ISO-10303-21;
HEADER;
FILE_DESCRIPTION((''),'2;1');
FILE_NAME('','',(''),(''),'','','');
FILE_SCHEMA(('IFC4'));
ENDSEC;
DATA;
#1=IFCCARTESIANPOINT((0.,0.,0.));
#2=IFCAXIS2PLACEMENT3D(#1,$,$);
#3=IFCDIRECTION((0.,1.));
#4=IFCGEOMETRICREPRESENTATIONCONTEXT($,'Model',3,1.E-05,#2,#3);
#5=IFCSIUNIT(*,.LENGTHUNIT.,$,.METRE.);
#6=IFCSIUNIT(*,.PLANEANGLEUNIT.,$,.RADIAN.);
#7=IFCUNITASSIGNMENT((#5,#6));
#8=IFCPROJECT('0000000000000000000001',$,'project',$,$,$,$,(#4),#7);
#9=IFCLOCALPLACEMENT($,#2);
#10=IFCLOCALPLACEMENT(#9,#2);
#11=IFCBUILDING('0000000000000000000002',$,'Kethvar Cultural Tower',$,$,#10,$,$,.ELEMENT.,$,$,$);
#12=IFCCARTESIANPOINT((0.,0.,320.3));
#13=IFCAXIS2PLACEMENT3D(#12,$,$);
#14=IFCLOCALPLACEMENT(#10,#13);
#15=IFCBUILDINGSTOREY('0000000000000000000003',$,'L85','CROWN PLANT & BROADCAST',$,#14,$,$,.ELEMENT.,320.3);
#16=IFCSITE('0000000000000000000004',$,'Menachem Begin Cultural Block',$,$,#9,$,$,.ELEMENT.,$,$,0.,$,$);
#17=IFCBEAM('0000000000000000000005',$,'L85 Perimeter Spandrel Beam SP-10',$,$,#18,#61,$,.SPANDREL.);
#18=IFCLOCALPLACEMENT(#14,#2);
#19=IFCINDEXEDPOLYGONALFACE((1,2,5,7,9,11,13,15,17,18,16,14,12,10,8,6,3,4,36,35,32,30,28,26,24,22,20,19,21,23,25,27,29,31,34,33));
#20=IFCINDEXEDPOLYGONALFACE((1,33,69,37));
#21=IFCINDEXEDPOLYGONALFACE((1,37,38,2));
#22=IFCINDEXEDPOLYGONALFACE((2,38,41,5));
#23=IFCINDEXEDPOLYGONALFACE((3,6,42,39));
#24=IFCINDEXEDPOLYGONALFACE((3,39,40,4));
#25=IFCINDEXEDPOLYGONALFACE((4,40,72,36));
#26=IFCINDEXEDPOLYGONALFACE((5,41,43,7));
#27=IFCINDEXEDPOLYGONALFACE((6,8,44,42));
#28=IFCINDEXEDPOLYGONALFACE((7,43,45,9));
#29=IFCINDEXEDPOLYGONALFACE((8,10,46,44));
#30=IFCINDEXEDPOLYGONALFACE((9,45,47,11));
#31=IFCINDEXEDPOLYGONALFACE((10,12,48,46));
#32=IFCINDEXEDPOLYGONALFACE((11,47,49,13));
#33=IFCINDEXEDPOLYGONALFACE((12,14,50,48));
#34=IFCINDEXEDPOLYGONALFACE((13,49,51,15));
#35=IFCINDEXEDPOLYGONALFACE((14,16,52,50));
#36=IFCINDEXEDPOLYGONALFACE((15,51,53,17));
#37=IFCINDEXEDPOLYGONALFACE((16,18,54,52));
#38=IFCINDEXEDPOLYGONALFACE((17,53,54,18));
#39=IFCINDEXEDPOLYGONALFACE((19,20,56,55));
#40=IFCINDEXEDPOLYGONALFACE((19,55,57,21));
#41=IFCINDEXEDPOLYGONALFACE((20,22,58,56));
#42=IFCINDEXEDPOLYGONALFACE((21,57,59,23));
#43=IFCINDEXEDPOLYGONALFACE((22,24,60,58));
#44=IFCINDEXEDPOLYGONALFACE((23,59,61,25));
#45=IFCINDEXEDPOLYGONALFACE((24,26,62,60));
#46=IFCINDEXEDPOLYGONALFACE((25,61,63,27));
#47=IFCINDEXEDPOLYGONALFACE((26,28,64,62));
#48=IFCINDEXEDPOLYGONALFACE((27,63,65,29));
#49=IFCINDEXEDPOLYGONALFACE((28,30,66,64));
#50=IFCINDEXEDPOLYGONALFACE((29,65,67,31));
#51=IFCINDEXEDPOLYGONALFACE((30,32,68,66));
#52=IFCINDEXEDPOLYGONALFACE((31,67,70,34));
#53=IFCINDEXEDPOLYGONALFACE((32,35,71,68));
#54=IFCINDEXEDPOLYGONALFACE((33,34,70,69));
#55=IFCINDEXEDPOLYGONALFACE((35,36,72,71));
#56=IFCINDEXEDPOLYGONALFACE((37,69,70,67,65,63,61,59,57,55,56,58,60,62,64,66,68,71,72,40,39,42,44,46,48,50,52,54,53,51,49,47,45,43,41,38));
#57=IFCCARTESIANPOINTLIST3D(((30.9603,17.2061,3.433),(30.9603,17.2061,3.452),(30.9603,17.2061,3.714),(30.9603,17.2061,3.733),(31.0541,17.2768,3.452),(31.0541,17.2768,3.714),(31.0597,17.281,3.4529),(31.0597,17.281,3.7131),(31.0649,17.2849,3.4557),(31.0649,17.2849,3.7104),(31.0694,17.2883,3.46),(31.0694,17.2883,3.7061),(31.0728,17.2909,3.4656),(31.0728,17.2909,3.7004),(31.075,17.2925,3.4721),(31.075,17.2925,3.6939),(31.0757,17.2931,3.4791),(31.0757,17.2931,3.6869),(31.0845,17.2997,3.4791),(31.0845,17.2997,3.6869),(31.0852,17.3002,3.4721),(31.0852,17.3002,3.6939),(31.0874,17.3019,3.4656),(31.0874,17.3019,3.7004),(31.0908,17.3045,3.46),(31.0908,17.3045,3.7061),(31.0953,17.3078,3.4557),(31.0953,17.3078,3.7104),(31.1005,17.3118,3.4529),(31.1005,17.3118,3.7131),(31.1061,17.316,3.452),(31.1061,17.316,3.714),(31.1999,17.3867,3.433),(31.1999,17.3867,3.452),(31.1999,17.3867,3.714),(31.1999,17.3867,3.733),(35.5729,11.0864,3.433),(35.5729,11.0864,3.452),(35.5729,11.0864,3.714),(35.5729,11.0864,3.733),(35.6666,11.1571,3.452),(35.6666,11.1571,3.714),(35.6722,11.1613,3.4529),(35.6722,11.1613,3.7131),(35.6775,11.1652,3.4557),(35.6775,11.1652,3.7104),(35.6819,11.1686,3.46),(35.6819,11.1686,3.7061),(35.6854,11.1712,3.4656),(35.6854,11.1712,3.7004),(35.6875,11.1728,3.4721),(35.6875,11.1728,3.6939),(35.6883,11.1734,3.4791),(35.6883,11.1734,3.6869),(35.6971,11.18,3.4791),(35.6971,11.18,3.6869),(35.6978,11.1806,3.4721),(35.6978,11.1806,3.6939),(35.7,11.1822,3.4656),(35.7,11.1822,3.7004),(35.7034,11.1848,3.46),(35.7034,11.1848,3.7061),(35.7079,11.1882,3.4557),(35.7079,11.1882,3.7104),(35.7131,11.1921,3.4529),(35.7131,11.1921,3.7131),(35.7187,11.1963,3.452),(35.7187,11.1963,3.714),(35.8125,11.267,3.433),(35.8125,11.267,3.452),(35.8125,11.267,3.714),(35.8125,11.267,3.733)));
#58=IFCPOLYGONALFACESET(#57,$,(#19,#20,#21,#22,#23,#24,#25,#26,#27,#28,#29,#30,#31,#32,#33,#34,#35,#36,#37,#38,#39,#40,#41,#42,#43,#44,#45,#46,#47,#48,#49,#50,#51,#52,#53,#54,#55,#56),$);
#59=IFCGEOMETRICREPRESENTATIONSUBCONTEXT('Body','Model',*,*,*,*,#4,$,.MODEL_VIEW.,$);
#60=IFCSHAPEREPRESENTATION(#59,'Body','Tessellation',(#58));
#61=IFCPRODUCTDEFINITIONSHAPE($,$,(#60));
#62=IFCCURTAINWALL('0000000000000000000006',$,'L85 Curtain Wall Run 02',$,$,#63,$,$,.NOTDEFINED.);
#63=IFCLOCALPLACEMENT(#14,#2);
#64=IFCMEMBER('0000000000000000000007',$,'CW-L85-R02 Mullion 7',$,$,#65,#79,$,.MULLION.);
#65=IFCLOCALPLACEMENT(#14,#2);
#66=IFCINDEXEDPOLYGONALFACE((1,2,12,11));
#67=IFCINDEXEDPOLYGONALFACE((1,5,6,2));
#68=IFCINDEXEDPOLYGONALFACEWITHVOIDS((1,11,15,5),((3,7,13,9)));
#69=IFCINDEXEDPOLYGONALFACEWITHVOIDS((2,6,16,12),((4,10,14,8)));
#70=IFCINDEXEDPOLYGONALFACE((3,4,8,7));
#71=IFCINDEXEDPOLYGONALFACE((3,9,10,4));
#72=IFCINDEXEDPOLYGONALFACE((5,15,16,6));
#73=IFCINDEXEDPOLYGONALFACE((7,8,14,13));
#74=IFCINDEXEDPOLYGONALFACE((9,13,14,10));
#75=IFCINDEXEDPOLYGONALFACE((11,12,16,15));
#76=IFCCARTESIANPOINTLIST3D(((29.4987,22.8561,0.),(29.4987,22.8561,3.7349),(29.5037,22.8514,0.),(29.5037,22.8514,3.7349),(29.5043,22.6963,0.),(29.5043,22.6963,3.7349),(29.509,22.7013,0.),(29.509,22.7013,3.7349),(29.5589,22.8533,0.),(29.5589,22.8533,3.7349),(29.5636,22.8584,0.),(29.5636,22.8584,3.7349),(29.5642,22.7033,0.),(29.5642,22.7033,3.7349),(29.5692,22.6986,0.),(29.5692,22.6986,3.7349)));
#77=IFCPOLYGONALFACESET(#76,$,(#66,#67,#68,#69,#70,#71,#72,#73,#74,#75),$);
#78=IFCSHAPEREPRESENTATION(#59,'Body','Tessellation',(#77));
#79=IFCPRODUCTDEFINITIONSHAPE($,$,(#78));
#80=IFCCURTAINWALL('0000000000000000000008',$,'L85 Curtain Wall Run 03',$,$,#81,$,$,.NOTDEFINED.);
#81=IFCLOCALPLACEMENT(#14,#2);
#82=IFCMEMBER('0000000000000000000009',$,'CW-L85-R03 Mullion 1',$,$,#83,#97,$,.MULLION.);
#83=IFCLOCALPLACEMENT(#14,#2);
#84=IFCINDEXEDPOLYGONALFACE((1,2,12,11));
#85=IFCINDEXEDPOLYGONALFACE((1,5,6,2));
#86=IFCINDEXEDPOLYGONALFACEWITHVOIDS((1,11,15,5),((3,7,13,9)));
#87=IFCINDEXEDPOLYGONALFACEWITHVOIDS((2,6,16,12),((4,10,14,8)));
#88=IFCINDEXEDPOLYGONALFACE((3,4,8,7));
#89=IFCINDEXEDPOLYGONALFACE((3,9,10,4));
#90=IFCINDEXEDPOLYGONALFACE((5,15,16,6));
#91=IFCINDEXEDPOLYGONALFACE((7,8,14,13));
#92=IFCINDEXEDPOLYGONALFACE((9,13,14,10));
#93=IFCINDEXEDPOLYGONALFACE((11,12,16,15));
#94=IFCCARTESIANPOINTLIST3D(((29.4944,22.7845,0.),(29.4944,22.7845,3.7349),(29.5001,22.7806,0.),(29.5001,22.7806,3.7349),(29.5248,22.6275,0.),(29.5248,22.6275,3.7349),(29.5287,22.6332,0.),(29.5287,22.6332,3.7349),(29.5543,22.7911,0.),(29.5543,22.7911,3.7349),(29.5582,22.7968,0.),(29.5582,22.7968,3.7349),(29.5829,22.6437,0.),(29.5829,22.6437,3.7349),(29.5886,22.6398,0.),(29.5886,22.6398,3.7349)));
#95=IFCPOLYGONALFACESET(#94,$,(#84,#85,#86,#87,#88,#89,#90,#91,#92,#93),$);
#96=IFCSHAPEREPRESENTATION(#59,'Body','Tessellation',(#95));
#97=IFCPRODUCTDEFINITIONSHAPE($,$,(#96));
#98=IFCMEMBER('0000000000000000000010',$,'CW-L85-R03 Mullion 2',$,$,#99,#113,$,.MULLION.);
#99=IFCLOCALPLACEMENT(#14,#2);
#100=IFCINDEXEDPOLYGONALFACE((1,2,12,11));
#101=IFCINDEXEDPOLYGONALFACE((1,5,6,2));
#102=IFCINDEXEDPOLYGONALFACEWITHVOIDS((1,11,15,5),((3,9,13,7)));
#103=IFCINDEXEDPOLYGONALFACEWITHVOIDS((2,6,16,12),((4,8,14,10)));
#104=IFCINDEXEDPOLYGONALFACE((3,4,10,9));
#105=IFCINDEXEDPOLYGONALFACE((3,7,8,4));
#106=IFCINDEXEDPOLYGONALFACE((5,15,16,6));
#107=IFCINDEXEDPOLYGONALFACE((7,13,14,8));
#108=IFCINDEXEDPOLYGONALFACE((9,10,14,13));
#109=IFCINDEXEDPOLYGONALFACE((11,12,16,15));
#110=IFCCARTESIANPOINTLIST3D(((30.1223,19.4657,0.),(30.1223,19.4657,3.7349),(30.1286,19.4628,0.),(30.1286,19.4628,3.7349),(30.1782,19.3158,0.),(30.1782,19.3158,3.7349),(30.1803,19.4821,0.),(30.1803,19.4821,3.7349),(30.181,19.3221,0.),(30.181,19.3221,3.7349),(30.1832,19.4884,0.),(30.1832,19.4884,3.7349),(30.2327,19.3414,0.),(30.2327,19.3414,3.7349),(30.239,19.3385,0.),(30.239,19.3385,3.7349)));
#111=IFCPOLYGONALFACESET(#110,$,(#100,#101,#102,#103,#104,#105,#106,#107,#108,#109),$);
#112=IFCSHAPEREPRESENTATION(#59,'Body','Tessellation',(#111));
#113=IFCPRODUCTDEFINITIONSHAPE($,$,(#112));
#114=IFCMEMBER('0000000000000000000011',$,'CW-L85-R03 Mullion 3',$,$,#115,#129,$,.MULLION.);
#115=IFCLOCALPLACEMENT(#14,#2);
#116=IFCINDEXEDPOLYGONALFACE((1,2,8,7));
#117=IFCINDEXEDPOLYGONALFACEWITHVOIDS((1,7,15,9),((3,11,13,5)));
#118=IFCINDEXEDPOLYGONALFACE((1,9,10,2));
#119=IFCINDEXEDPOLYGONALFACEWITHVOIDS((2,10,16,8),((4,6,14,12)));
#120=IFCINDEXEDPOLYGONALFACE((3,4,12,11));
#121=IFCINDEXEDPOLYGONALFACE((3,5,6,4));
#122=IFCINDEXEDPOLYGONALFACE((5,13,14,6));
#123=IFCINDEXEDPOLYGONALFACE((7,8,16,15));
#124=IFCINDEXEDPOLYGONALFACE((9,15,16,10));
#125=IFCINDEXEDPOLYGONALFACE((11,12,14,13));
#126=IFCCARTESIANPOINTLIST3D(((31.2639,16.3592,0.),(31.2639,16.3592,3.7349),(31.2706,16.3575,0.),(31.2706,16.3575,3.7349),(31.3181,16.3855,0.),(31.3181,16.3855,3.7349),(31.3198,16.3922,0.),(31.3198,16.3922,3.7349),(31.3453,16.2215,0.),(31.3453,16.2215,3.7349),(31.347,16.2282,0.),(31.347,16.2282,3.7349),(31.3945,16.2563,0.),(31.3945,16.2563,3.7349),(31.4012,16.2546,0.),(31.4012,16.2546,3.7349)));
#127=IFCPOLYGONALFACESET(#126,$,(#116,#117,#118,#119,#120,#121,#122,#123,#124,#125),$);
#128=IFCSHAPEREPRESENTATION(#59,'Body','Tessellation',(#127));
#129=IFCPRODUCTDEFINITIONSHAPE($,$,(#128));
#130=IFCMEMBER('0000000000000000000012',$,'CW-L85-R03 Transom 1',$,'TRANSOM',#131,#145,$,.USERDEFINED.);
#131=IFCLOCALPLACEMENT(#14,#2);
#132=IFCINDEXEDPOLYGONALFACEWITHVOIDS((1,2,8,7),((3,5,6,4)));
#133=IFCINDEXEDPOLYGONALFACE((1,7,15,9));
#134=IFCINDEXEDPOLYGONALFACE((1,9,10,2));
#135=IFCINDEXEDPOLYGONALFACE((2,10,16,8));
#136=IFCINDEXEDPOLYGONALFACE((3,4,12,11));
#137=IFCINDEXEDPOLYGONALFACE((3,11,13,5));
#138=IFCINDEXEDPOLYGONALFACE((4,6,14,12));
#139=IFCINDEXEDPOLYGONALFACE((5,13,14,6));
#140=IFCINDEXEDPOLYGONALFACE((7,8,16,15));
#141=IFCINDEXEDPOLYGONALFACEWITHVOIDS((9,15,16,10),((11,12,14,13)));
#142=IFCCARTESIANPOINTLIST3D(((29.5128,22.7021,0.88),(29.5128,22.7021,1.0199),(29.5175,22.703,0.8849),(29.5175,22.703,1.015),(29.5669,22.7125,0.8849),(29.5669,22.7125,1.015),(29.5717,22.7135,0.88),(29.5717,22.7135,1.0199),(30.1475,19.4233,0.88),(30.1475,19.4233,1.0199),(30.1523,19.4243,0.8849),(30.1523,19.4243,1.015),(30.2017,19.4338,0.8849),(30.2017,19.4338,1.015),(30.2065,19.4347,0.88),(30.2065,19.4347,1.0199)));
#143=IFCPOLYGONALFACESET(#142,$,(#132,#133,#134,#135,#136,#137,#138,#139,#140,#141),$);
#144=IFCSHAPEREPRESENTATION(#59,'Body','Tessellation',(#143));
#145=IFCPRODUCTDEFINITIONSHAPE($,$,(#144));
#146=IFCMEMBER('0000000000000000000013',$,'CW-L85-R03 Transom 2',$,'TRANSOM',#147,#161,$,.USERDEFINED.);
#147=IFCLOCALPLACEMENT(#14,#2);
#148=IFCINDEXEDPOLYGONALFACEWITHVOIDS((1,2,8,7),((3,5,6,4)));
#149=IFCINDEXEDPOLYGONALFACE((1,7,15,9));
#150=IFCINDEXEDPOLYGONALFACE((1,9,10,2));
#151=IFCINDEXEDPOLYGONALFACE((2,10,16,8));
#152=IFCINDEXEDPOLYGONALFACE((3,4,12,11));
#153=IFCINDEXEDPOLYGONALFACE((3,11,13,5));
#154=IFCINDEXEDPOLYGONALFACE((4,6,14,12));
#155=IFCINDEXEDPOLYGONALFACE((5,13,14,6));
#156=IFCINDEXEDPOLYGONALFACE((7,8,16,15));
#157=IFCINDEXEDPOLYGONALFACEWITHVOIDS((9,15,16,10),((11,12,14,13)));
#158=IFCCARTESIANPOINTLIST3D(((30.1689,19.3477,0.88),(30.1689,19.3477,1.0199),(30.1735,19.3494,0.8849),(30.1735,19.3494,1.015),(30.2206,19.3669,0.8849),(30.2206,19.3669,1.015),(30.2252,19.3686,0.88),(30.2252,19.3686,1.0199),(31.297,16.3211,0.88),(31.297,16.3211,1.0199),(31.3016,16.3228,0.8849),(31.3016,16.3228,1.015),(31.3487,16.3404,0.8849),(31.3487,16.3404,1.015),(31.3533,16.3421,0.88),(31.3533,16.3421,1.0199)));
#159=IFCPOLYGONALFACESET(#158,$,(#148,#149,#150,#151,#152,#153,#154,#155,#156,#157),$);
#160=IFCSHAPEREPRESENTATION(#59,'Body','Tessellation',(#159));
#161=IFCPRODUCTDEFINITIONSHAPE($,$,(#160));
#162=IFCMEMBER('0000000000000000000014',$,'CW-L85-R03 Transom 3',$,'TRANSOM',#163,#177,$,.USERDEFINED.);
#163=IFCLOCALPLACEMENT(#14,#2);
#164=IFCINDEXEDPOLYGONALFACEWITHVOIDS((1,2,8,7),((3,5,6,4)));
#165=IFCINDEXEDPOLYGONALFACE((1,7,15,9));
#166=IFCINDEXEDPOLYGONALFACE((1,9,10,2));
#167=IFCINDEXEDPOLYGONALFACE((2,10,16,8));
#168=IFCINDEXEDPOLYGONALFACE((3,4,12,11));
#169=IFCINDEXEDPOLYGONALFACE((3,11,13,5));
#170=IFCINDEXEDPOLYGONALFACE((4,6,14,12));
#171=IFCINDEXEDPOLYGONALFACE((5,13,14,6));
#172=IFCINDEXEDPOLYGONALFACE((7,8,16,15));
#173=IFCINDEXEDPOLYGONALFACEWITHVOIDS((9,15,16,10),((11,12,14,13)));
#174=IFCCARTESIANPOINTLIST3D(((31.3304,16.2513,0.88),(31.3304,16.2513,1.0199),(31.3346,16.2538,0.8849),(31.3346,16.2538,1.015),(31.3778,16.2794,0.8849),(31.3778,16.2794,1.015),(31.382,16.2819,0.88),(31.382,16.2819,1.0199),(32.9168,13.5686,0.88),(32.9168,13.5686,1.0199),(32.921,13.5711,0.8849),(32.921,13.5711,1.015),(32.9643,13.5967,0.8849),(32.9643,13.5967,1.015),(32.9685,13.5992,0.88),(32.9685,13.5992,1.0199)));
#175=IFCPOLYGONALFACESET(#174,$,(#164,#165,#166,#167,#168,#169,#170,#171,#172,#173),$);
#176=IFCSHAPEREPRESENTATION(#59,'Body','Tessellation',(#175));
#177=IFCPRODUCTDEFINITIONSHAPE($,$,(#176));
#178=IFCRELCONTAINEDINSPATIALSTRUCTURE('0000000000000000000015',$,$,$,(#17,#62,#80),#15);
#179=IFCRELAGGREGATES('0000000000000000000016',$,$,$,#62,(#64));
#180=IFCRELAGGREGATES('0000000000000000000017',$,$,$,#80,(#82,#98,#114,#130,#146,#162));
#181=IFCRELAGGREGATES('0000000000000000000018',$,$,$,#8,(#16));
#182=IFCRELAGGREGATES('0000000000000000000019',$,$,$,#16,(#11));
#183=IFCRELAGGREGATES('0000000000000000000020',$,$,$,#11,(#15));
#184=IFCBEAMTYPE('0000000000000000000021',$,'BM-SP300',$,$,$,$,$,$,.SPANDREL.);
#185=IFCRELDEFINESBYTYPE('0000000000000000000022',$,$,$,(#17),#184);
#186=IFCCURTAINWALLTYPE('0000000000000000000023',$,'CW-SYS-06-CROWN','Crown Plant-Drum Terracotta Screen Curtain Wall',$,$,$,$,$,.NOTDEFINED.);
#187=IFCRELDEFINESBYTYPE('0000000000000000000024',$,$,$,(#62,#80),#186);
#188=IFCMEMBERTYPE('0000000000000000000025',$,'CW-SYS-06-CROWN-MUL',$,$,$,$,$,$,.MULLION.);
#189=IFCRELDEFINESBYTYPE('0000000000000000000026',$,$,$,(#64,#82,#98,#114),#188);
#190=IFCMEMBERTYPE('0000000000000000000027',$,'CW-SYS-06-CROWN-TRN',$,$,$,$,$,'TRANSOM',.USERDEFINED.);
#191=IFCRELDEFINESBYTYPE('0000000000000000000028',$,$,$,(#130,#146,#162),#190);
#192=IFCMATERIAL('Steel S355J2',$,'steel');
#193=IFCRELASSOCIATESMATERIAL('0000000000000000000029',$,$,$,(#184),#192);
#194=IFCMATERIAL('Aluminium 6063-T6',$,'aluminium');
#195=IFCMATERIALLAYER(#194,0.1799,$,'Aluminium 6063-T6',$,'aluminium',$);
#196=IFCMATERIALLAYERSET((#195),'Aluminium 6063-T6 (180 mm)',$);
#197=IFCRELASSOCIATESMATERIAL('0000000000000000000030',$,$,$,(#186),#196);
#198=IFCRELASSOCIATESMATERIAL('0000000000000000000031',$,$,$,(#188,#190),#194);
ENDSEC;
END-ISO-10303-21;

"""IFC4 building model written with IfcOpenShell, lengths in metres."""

from ifc_helpers import new_model, si_unit, direction, frame, origin, origin_2d, place, context, subcontext, project, spatial, hollow_rectangle, i_section, extrude, source, transform, mapped, material, layer, layer_set, material_profile, profile_set, type_object, element, aggregate, save


model = new_model("IFC4")

# Units and contexts
model_context = context("Model", 3, precision=1e-05, world=origin(), true_north=direction((0.0, 1.0)))
body_context = subcontext(model_context, "Body", "Model", "MODEL_VIEW")
ifc_project = project(units=[si_unit("LENGTHUNIT", "METRE"), si_unit("PLANEANGLEUNIT", "RADIAN")], contexts=[model_context])

# Site, building, storey
site_placement = place(None, origin())
site = spatial("IfcSite", under=ifc_project, at=site_placement, Name="Menachem Begin Cultural Block", CompositionType="ELEMENT", RefElevation=0.0)
building_placement = place(site_placement, origin())
building = spatial("IfcBuilding", under=site, at=building_placement, Name="Kethvar Cultural Tower", CompositionType="ELEMENT")
storey_placement = place(building_placement, frame((0.0, 0.0, 320.3)))
storey = spatial("IfcBuildingStorey", under=building, at=storey_placement, Name="L85", Description="CROWN PLANT & BROADCAST", CompositionType="ELEMENT", Elevation=320.3)

# Shared definitions
ifc_material_1 = material(Name="Steel S355J2", Category="steel")

# Beam
ifc_material_profile_1 = material_profile(ifc_material_1, i_section(OverallWidth=0.3, OverallDepth=0.3, WebThickness=0.011, FlangeThickness=0.019, FilletRadius=0.0271, at=origin_2d()), Name="Steel S355J2 — HEB300")
ifc_profile_set_1 = profile_set([ifc_material_profile_1], Name="Steel S355J2 — HEB300")
beam_type_1 = type_object("IfcBeamType", Name="BM-SP300", PredefinedType="SPANDREL", material=ifc_profile_set_1)
shared_shape_1 = source(origin(), body_context, "Body", "SweptSolid", [
    extrude(i_section(OverallWidth=0.3, OverallDepth=0.3, WebThickness=0.011, FlangeThickness=0.019, FilletRadius=0.0271, at=origin_2d()), origin(), (0.0, 0.0, 1.0), 7.6633),
])
beam_1_placement = place(storey_placement, frame((31.0801, 17.2964, 3.583), z_axis=(0.601905, -0.798568, 0.0), x_axis=(0.798568, 0.601905, 0.0)))
element("IfcBeam", 1, at=beam_1_placement, inside=storey, type_object=beam_type_1, Name="L85 Perimeter Spandrel Beam SP-10", PredefinedType="SPANDREL", context=body_context, shape_type="MappedRepresentation", body=[
    mapped(shared_shape_1, transform((0.0, 0.0, 0.0), scale=1.0)),
])

# Curtain wall, member
ifc_material_2 = material(Name="Aluminium 6063-T6", Category="aluminium")
ifc_layer_1 = layer(ifc_material_2, 0.1799, Name="Aluminium 6063-T6", Category="aluminium")
ifc_layer_set_1 = layer_set([ifc_layer_1], Name="Aluminium 6063-T6 (180 mm)")
curtain_wall_type = type_object("IfcCurtainWallType", Name="CW-SYS-06-CROWN", Description="Crown Plant-Drum Terracotta Screen Curtain Wall", PredefinedType="NOTDEFINED", material=ifc_layer_set_1)
curtain_wall_1_placement = place(storey_placement, origin())
curtain_wall_1 = element("IfcCurtainWall", 2, at=curtain_wall_1_placement, inside=storey, type_object=curtain_wall_type, Name="L85 Curtain Wall Run 02", PredefinedType="NOTDEFINED")
ifc_material_profile_2 = material_profile(ifc_material_2, hollow_rectangle(XDim=0.0649, YDim=0.1599, WallThickness=0.0049, at=origin_2d()), Name="Aluminium 6063-T6 — RHS160x65x5")
ifc_profile_set_2 = profile_set([ifc_material_profile_2], Name="Aluminium 6063-T6 — RHS160x65x5")
member_type_1 = type_object("IfcMemberType", Name="CW-SYS-06-CROWN-MUL", PredefinedType="MULLION", material=ifc_profile_set_2)
shared_shape_2 = source(origin(), body_context, "Body", "SweptSolid", [
    extrude(hollow_rectangle(XDim=0.0649, YDim=0.1599, WallThickness=0.0049, at=origin_2d()), origin(), (0.0, 0.0, 1.0), 3.7349),
])
member_1_placement = place(storey_placement, frame((29.5339, 22.7773, 0.0), z_axis=(0.0, 0.0, 1.0), x_axis=(0.999379, 0.035248, 0.0)))
member_1 = element("IfcMember", 3, at=member_1_placement, type_object=member_type_1, Name="CW-L85-R02 Mullion 7", PredefinedType="MULLION", context=body_context, shape_type="MappedRepresentation", body=[
    mapped(shared_shape_2, transform((0.0, 0.0, 0.0), scale=1.0)),
])

# Curtain wall, members
curtain_wall_2_placement = place(storey_placement, origin())
curtain_wall_2 = element("IfcCurtainWall", 4, at=curtain_wall_2_placement, inside=storey, type_object=curtain_wall_type, Name="L85 Curtain Wall Run 03", PredefinedType="NOTDEFINED")
member_2_placement = place(storey_placement, frame((29.5415, 22.7122, 0.0), z_axis=(0.0, 0.0, 1.0), x_axis=(0.98177, 0.190072, 0.0)))
member_2 = element("IfcMember", 5, at=member_2_placement, type_object=member_type_1, Name="CW-L85-R03 Mullion 1", PredefinedType="MULLION", context=body_context, shape_type="MappedRepresentation", body=[
    mapped(shared_shape_2, transform((0.0, 0.0, 0.0), scale=1.0)),
])
member_3_placement = place(storey_placement, frame((30.1807, 19.4021, 0.0), z_axis=(0.0, 0.0, 1.0), x_axis=(0.93702, 0.349275, 0.0)))
member_3 = element("IfcMember", 6, at=member_3_placement, type_object=member_type_1, Name="CW-L85-R03 Mullion 2", PredefinedType="MULLION", context=body_context, shape_type="MappedRepresentation", body=[
    mapped(shared_shape_2, transform((0.0, 0.0, 0.0), scale=1.0)),
])
member_4_placement = place(storey_placement, frame((31.3325, 16.3069, 0.0), z_axis=(0.0, 0.0, 1.0), x_axis=(0.86076, 0.509011, 0.0)))
member_4 = element("IfcMember", 7, at=member_4_placement, type_object=member_type_1, Name="CW-L85-R03 Mullion 3", PredefinedType="MULLION", context=body_context, shape_type="MappedRepresentation", body=[
    mapped(shared_shape_2, transform((0.0, 0.0, 0.0), scale=1.0)),
])
ifc_material_profile_3 = material_profile(ifc_material_2, hollow_rectangle(XDim=0.0601, YDim=0.1399, WallThickness=0.0049, at=origin_2d()), Name="Aluminium 6063-T6 — RHS140x60x5")
ifc_profile_set_3 = profile_set([ifc_material_profile_3], Name="Aluminium 6063-T6 — RHS140x60x5")
member_type_2 = type_object("IfcMemberType", Name="CW-SYS-06-CROWN-TRN", ElementType="TRANSOM", PredefinedType="USERDEFINED", material=ifc_profile_set_3)
shared_shape_3 = source(origin(), body_context, "Body", "SweptSolid", [
    extrude(hollow_rectangle(XDim=0.0601, YDim=0.1399, WallThickness=0.0049, at=origin_2d()), origin(), (0.0, 0.0, 1.0), 3.3396),
])
member_5_placement = place(storey_placement, frame((29.5422, 22.7078, 0.95), z_axis=(0.190067, -0.981771, 0.0), x_axis=(0.981771, 0.190067, 0.0)))
member_5 = element("IfcMember", 8, at=member_5_placement, type_object=member_type_2, Name="CW-L85-R03 Transom 1", ObjectType="TRANSOM", PredefinedType="USERDEFINED", context=body_context, shape_type="MappedRepresentation", body=[
    mapped(shared_shape_3, transform((0.0, 0.0, 0.0), scale=1.0)),
])
shared_shape_4 = source(origin(), body_context, "Body", "SweptSolid", [
    extrude(hollow_rectangle(XDim=0.0601, YDim=0.1399, WallThickness=0.0049, at=origin_2d()), origin(), (0.0, 0.0, 1.0), 3.23),
])
member_6_placement = place(storey_placement, frame((30.197, 19.3582, 0.95), z_axis=(0.349276, -0.93702, 0.0), x_axis=(0.93702, 0.349276, 0.0)))
member_6 = element("IfcMember", 9, at=member_6_placement, type_object=member_type_2, Name="CW-L85-R03 Transom 2", ObjectType="TRANSOM", PredefinedType="USERDEFINED", context=body_context, shape_type="MappedRepresentation", body=[
    mapped(shared_shape_4, transform((0.0, 0.0, 0.0), scale=1.0)),
])
shared_shape_5 = source(origin(), body_context, "Body", "SweptSolid", [
    extrude(hollow_rectangle(XDim=0.0601, YDim=0.1399, WallThickness=0.0049, at=origin_2d()), origin(), (0.0, 0.0, 1.0), 3.1167),
])
member_7_placement = place(storey_placement, frame((31.3562, 16.2666, 0.95), z_axis=(0.509025, -0.860752, 0.0), x_axis=(0.860752, 0.509025, 0.0)))
member_7 = element("IfcMember", 10, at=member_7_placement, type_object=member_type_2, Name="CW-L85-R03 Transom 3", ObjectType="TRANSOM", PredefinedType="USERDEFINED", context=body_context, shape_type="MappedRepresentation", body=[
    mapped(shared_shape_5, transform((0.0, 0.0, 0.0), scale=1.0)),
])

aggregate(curtain_wall_1, [member_1])
aggregate(curtain_wall_2, [member_2, member_3, member_4, member_5, member_6, member_7])

save(model, "model.ifc")
